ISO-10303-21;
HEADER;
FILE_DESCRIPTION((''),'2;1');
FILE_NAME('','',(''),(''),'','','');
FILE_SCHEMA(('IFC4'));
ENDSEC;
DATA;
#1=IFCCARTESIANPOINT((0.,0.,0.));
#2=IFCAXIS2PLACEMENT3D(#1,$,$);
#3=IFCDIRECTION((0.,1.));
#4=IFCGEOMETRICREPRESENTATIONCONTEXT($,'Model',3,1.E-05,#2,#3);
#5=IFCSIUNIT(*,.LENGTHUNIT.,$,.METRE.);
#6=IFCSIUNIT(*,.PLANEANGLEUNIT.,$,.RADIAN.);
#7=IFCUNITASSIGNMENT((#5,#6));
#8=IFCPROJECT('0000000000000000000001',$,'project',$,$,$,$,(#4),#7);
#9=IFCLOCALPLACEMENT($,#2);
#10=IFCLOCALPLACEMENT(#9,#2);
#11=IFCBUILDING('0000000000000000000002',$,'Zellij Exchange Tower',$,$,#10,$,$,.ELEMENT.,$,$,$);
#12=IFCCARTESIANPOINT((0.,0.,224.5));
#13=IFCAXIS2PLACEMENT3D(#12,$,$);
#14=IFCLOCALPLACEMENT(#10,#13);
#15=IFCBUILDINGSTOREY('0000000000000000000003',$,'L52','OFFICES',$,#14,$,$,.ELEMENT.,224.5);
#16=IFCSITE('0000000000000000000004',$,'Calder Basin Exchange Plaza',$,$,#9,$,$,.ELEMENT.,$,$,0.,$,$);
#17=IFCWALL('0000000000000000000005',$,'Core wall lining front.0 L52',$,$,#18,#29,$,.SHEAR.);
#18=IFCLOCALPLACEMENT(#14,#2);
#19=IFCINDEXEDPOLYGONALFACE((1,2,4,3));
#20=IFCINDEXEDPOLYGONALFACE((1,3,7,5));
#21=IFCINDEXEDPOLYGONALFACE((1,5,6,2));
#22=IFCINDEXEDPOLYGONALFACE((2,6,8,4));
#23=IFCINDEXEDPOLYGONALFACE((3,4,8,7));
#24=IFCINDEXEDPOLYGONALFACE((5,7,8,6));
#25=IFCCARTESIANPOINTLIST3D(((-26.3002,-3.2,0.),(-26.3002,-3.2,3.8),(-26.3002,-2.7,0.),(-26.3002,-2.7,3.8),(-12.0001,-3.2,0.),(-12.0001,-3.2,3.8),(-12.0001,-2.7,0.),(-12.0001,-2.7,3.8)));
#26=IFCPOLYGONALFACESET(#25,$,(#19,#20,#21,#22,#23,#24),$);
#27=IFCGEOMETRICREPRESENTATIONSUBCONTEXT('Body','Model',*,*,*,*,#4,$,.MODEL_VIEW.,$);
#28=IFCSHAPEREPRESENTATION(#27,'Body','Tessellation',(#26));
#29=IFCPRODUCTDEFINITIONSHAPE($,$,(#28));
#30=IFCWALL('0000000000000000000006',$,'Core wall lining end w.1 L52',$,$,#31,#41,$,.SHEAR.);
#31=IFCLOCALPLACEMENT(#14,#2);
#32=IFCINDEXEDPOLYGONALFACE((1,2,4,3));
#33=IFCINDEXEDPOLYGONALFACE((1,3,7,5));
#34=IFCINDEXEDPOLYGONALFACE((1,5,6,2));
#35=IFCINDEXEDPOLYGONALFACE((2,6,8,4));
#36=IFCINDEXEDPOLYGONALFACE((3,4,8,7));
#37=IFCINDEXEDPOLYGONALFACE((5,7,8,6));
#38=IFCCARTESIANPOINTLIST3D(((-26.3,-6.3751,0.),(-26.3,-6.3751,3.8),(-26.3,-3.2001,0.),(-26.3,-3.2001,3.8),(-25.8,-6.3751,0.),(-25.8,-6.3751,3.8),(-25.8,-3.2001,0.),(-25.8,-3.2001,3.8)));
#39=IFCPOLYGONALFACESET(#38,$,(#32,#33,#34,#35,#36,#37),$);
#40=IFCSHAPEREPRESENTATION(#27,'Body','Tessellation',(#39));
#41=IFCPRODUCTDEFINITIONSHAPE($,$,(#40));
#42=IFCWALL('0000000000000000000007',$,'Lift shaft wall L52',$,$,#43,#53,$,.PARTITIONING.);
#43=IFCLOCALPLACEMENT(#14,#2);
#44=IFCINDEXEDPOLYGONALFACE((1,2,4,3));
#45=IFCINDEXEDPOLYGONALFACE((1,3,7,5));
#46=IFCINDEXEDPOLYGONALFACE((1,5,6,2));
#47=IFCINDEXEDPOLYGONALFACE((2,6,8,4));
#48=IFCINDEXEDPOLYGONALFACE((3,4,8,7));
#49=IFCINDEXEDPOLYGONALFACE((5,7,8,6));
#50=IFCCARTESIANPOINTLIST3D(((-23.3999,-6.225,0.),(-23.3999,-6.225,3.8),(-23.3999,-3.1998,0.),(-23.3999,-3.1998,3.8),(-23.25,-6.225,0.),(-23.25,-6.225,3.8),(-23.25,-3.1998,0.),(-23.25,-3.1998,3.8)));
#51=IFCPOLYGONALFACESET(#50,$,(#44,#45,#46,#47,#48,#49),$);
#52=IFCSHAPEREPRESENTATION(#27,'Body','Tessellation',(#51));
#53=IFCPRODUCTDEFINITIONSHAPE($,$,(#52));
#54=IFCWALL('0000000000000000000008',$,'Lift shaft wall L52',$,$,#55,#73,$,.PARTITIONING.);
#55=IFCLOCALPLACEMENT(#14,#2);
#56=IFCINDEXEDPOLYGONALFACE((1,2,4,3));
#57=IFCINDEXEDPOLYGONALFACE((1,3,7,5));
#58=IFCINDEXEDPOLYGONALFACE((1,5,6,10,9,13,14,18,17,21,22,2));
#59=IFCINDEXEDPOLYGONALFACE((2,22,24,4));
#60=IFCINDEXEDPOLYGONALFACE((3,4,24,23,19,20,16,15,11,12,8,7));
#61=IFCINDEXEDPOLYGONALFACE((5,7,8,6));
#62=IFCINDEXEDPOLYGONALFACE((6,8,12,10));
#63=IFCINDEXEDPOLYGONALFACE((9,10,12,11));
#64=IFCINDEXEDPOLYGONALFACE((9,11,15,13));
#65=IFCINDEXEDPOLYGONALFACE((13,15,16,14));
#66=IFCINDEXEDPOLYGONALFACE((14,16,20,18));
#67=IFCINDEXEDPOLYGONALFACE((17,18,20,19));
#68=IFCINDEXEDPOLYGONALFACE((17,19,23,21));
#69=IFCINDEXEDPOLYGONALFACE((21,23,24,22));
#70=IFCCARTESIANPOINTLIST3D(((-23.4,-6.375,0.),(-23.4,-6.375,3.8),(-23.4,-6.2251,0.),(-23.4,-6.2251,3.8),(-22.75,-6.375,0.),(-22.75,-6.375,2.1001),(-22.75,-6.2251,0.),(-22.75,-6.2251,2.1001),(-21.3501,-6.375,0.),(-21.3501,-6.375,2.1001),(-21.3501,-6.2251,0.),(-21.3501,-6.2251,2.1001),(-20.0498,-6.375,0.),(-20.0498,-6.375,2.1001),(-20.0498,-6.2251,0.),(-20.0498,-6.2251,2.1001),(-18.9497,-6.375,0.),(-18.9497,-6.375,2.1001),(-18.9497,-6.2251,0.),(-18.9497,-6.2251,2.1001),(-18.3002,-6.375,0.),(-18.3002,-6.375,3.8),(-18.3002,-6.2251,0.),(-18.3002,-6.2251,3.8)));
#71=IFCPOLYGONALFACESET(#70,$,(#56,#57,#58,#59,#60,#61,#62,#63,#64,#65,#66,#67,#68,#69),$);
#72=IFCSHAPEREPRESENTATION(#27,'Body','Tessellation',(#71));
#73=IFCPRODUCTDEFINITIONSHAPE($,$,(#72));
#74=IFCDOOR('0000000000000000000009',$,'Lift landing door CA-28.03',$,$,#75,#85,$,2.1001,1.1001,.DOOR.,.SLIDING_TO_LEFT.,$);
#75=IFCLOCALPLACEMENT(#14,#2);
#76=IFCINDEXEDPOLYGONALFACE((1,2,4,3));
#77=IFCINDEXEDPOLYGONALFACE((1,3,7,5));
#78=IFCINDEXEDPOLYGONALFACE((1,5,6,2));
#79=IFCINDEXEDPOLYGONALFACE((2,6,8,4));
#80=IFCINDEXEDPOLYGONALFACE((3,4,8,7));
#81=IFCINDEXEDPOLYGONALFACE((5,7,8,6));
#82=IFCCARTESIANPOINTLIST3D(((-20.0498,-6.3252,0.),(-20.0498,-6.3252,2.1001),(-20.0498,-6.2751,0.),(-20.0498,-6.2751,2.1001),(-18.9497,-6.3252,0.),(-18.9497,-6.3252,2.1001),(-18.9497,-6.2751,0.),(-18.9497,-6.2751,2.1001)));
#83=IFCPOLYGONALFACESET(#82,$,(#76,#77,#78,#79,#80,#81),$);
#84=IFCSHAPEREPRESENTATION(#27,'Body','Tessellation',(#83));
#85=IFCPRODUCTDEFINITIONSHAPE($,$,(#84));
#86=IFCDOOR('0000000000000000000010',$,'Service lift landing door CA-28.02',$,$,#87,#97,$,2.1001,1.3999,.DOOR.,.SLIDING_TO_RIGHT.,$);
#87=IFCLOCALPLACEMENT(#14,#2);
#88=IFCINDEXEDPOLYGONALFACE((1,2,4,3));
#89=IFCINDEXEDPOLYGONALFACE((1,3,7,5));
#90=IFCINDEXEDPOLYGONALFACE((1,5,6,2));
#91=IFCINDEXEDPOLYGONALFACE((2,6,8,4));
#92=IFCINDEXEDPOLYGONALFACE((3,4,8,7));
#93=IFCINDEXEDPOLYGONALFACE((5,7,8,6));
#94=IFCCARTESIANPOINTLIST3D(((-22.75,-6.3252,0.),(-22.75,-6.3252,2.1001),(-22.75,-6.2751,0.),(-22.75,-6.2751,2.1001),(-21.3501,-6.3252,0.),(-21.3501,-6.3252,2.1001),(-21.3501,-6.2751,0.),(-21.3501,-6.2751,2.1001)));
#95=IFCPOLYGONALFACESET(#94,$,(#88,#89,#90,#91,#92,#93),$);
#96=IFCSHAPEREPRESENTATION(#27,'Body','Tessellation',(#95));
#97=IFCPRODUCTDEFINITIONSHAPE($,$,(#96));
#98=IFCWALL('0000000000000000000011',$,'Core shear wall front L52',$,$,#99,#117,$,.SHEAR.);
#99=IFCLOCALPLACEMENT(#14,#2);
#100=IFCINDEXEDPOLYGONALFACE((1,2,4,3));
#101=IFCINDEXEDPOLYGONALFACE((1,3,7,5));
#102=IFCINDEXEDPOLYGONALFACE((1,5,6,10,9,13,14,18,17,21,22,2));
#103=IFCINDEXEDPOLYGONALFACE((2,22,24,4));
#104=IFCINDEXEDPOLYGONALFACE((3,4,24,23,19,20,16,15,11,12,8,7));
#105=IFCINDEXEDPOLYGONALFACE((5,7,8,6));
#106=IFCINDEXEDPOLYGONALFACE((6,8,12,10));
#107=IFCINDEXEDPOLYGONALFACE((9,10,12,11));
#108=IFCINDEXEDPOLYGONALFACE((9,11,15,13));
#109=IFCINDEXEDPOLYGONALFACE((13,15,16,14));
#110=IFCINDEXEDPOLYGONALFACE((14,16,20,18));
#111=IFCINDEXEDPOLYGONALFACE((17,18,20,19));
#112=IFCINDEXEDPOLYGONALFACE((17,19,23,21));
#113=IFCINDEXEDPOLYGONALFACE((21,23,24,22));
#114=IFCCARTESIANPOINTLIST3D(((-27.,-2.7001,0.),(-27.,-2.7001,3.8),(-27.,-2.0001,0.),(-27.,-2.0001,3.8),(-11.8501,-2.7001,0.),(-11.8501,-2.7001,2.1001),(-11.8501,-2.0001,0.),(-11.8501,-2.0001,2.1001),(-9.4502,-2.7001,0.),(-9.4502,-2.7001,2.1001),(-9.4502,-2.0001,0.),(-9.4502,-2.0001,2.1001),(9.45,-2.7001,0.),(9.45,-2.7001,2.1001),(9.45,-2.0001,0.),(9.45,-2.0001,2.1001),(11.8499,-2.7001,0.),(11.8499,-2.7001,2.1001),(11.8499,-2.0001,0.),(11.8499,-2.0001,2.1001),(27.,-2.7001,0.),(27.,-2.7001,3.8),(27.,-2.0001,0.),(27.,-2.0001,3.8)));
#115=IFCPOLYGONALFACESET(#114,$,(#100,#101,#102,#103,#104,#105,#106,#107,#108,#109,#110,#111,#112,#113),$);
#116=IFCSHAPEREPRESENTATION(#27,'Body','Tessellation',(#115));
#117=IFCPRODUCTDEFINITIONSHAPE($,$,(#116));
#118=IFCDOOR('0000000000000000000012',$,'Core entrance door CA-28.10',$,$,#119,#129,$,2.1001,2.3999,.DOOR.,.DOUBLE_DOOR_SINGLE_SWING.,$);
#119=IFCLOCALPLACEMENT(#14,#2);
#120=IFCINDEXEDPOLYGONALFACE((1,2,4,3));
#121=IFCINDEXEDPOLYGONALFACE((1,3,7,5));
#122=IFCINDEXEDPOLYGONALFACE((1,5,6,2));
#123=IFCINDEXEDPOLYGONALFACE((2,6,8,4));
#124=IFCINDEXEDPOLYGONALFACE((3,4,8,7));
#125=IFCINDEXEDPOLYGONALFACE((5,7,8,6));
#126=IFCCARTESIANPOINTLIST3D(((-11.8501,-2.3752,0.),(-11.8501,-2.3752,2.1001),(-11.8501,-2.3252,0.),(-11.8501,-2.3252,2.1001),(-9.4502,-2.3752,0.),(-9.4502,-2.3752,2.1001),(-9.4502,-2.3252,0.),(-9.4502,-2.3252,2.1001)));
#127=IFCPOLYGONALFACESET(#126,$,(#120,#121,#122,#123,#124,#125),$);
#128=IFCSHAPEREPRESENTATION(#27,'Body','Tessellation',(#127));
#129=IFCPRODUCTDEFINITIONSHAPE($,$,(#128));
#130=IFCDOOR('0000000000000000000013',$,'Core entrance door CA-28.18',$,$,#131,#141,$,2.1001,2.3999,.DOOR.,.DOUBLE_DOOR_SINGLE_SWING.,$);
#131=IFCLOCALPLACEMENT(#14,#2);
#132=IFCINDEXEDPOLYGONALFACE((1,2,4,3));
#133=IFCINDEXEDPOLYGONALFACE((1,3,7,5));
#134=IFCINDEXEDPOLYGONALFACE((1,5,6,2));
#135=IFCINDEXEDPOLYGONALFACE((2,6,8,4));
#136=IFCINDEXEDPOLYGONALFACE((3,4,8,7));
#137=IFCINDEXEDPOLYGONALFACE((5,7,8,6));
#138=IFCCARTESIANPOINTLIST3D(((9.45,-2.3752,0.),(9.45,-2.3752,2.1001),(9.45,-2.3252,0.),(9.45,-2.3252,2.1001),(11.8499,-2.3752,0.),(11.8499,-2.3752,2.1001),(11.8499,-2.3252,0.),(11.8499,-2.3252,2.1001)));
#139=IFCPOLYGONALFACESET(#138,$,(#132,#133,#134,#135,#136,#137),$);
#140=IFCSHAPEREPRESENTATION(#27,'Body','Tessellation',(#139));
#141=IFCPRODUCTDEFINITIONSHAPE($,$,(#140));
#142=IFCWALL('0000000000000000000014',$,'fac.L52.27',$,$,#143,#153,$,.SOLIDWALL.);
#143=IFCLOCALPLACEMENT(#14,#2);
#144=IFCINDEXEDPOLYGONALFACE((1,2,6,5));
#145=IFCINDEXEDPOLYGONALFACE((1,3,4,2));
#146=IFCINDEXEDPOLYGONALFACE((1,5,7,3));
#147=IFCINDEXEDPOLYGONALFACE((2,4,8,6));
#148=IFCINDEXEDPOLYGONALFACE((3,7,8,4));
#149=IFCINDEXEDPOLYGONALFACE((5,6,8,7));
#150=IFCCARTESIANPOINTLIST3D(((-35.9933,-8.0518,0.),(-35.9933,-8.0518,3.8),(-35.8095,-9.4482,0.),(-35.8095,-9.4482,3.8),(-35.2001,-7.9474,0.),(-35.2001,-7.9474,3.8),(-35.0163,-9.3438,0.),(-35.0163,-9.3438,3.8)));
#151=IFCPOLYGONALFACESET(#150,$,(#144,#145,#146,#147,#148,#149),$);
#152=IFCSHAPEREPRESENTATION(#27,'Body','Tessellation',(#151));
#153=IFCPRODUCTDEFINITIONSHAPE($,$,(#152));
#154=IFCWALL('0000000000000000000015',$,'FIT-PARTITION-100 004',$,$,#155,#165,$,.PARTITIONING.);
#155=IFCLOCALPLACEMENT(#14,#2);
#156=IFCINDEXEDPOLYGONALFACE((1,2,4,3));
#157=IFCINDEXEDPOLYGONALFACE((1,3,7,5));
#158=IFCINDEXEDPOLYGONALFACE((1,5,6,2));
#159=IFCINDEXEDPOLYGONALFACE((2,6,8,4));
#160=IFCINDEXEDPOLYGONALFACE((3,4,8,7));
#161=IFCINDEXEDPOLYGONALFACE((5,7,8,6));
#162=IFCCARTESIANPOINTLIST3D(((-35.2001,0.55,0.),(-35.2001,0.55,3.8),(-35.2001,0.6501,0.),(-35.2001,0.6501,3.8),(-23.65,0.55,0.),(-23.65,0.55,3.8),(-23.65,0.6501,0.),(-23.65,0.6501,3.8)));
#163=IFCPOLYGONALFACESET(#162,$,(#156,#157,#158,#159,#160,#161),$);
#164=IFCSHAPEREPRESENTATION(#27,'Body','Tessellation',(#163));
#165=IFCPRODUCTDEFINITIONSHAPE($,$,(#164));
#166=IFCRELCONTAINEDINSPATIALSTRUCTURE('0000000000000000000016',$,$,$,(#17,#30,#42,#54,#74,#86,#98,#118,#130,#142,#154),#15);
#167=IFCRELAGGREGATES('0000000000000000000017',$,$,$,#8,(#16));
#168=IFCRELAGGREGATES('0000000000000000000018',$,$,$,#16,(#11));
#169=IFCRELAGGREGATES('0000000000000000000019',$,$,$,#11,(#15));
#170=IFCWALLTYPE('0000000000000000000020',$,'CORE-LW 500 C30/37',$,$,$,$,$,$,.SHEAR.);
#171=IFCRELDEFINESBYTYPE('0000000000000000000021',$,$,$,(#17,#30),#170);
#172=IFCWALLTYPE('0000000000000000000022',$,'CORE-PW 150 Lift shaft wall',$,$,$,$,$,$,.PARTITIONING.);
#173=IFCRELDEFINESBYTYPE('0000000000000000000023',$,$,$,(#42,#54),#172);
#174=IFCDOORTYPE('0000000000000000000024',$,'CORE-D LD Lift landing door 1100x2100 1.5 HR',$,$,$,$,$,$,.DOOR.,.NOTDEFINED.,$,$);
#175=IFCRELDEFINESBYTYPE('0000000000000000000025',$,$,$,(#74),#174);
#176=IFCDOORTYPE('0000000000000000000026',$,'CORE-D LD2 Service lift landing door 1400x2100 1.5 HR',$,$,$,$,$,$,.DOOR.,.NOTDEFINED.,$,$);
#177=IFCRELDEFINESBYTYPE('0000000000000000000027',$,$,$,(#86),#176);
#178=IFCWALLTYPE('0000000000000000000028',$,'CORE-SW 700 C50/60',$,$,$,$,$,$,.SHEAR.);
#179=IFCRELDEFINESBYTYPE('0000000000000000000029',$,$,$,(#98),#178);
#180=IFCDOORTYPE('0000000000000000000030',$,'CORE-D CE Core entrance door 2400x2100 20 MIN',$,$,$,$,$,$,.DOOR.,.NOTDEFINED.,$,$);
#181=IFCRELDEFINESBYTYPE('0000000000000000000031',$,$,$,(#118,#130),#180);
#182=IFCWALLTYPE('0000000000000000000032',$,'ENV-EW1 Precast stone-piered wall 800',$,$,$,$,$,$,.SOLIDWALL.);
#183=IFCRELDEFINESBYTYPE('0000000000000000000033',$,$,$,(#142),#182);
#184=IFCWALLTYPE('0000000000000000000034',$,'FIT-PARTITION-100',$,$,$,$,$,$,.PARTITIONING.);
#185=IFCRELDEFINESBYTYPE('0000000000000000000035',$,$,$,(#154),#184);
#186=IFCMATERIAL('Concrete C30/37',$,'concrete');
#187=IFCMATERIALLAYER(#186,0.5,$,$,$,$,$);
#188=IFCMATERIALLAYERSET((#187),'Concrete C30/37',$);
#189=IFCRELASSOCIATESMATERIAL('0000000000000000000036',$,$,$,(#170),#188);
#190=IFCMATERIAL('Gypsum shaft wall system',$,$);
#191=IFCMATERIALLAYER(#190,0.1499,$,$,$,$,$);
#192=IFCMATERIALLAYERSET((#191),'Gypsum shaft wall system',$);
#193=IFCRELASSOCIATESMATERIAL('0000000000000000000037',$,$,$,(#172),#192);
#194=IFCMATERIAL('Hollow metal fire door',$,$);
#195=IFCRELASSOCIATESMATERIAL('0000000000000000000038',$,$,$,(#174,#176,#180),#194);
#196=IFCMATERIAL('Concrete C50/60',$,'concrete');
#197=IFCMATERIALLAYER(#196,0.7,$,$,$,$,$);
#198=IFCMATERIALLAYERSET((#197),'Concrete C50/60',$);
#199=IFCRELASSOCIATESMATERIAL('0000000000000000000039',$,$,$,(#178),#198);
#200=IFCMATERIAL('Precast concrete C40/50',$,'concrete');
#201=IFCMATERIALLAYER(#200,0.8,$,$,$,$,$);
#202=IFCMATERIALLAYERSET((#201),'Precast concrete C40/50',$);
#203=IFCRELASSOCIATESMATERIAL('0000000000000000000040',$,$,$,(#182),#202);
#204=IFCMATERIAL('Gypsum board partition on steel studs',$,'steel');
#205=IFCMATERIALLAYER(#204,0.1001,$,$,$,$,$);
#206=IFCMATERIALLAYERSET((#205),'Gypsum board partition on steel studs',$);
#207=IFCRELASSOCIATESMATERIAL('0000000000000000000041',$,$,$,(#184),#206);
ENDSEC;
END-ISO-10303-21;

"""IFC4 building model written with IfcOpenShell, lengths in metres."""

from ifc_helpers import new_model, si_unit, direction, frame, frame_2d, origin, place, context, subcontext, project, spatial, rectangle, extrude, material, layer, layer_set, type_object, element, fill, save


model = new_model("IFC4")

# Units and contexts
model_context = context("Model", 3, precision=1e-05, world=origin(), true_north=direction((0.0, 1.0)))
body_context = subcontext(model_context, "Body", "Model", "MODEL_VIEW")
ifc_project = project(units=[si_unit("LENGTHUNIT", "METRE"), si_unit("PLANEANGLEUNIT", "RADIAN")], contexts=[model_context])

# Site, building, storey
site_placement = place(None, origin())
site = spatial("IfcSite", under=ifc_project, at=site_placement, Name="Calder Basin Exchange Plaza", CompositionType="ELEMENT", RefElevation=0.0)
building_placement = place(site_placement, origin())
building = spatial("IfcBuilding", under=site, at=building_placement, Name="Zellij Exchange Tower", CompositionType="ELEMENT")
storey_placement = place(building_placement, frame((0.0, 0.0, 224.5)))
storey = spatial("IfcBuildingStorey", under=building, at=storey_placement, Name="L52", Description="OFFICES", CompositionType="ELEMENT", Elevation=224.5)

# Shared definitions
ifc_material_1 = material(Name="Concrete C50/60", Category="concrete")

# Walls
ifc_material_2 = material(Name="Concrete C30/37", Category="concrete")
ifc_layer_1 = layer(ifc_material_2, 0.5)
ifc_layer_set_1 = layer_set([ifc_layer_1], Name="Concrete C30/37")
wall_type_1 = type_object("IfcWallType", Name="CORE-LW 500 C30/37", PredefinedType="SHEAR", material=ifc_layer_set_1)
wall_1_placement = place(storey_placement, frame((-26.3, -2.95, 0.0), z_axis=(0.0, 0.0, 1.0), x_axis=(1.0, 0.0, 0.0)))
element("IfcWall", 1, at=wall_1_placement, inside=storey, type_object=wall_type_1, Name="Core wall lining front.0 L52", PredefinedType="SHEAR", context=body_context, shape_type="SweptSolid", body=[
    extrude(rectangle(XDim=14.3, YDim=0.5, at=frame_2d((7.1499, 0.0))), origin(), (0.0, 0.0, 1.0), 3.8),
])
wall_2_placement = place(storey_placement, frame((-26.05, -6.375, 0.0), z_axis=(0.0, 0.0, 1.0), x_axis=(0.0, 1.0, 0.0)))
element("IfcWall", 2, at=wall_2_placement, inside=storey, type_object=wall_type_1, Name="Core wall lining end w.1 L52", PredefinedType="SHEAR", context=body_context, shape_type="SweptSolid", body=[
    extrude(rectangle(XDim=3.175, YDim=0.5, at=frame_2d((1.5874, 0.0))), origin(), (0.0, 0.0, 1.0), 3.8),
])
ifc_material_3 = material(Name="Gypsum shaft wall system")
ifc_layer_2 = layer(ifc_material_3, 0.1499)
ifc_layer_set_2 = layer_set([ifc_layer_2], Name="Gypsum shaft wall system")
wall_type_2 = type_object("IfcWallType", Name="CORE-PW 150 Lift shaft wall", PredefinedType="PARTITIONING", material=ifc_layer_set_2)
wall_3_placement = place(storey_placement, frame((-23.325, -6.2251, 0.0), z_axis=(0.0, 0.0, 1.0), x_axis=(0.0, 1.0, 0.0)))
element("IfcWall", 3, at=wall_3_placement, inside=storey, type_object=wall_type_2, Name="Lift shaft wall L52", PredefinedType="PARTITIONING", context=body_context, shape_type="SweptSolid", body=[
    extrude(rectangle(XDim=3.0251, YDim=0.1499, at=frame_2d((1.5127, 0.0))), origin(), (0.0, 0.0, 1.0), 3.8),
])

# Walls, openings, doors
wall_4_placement = place(storey_placement, frame((-23.3999, -6.3, 0.0), z_axis=(0.0, 0.0, 1.0), x_axis=(1.0, 0.0, 0.0)))
wall_4 = element("IfcWall", 4, at=wall_4_placement, inside=storey, type_object=wall_type_2, Name="Lift shaft wall L52", PredefinedType="PARTITIONING", context=body_context, shape_type="SweptSolid", body=[
    extrude(rectangle(XDim=5.0999, YDim=0.1499, at=frame_2d((2.5498, 0.0))), origin(), (0.0, 0.0, 1.0), 3.8),
])
opening_1_placement = place(wall_4_placement, frame((0.6499, 0.0, 0.0)))
opening_1 = element("IfcOpeningElement", 5, at=opening_1_placement, cuts=wall_4, PredefinedType="OPENING", context=body_context, shape_type="SweptSolid", body=[
    extrude(rectangle(XDim=1.3999, YDim=2.1001, at=frame_2d((0.7, 1.05))), frame((0.0, 0.0869, 0.0), z_axis=(0.0, -1.0, 0.0), x_axis=(1.0, 0.0, 0.0)), (0.0, 0.0, 1.0), 0.1738),
])
opening_2_placement = place(wall_4_placement, frame((3.3501, 0.0, 0.0)))
opening_2 = element("IfcOpeningElement", 6, at=opening_2_placement, cuts=wall_4, PredefinedType="OPENING", context=body_context, shape_type="SweptSolid", body=[
    extrude(rectangle(XDim=1.1001, YDim=2.1001, at=frame_2d((0.55, 1.05))), frame((0.0, 0.0869, 0.0), z_axis=(0.0, -1.0, 0.0), x_axis=(1.0, 0.0, 0.0)), (0.0, 0.0, 1.0), 0.1738),
])
ifc_material_4 = material(Name="Hollow metal fire door")
door_type_1 = type_object("IfcDoorType", Name="CORE-D LD Lift landing door 1100x2100 1.5 HR", OperationType="NOTDEFINED", PredefinedType="DOOR", material=ifc_material_4)
door_1_placement = place(opening_2_placement, origin())
door_1 = element("IfcDoor", 7, at=door_1_placement, inside=storey, type_object=door_type_1, Name="Lift landing door CA-28.03", OperationType="SLIDING_TO_LEFT", OverallHeight=2.1001, OverallWidth=1.1001, PredefinedType="DOOR", context=body_context, shape_type="SweptSolid", body=[
    extrude(rectangle(XDim=1.1001, YDim=2.1001, at=frame_2d((0.55, 1.05))), frame((0.0, 0.0249, 0.0), z_axis=(0.0, -1.0, 0.0), x_axis=(1.0, 0.0, 0.0)), (0.0, 0.0, 1.0), 0.05),
])
fill(opening_2, door_1)
door_type_2 = type_object("IfcDoorType", Name="CORE-D LD2 Service lift landing door 1400x2100 1.5 HR", OperationType="NOTDEFINED", PredefinedType="DOOR", material=ifc_material_4)
door_2_placement = place(opening_1_placement, origin())
door_2 = element("IfcDoor", 8, at=door_2_placement, inside=storey, type_object=door_type_2, Name="Service lift landing door CA-28.02", OperationType="SLIDING_TO_RIGHT", OverallHeight=2.1001, OverallWidth=1.3999, PredefinedType="DOOR", context=body_context, shape_type="SweptSolid", body=[
    extrude(rectangle(XDim=1.3999, YDim=2.1001, at=frame_2d((0.7, 1.05))), frame((0.0, 0.0249, 0.0), z_axis=(0.0, -1.0, 0.0), x_axis=(1.0, 0.0, 0.0)), (0.0, 0.0, 1.0), 0.05),
])
fill(opening_1, door_2)
ifc_layer_3 = layer(ifc_material_1, 0.7)
ifc_layer_set_3 = layer_set([ifc_layer_3], Name="Concrete C50/60")
wall_type_3 = type_object("IfcWallType", Name="CORE-SW 700 C50/60", PredefinedType="SHEAR", material=ifc_layer_set_3)
wall_5_placement = place(storey_placement, frame((-27.0, -2.3501, 0.0), z_axis=(0.0, 0.0, 1.0), x_axis=(1.0, 0.0, 0.0)))
wall_5 = element("IfcWall", 9, at=wall_5_placement, inside=storey, type_object=wall_type_3, Name="Core shear wall front L52", PredefinedType="SHEAR", context=body_context, shape_type="SweptSolid", body=[
    extrude(rectangle(XDim=54.0, YDim=0.7, at=frame_2d((27.0, 0.0))), origin(), (0.0, 0.0, 1.0), 3.8),
])
opening_3_placement = place(wall_5_placement, frame((15.1499, 0.0, 0.0)))
opening_3 = element("IfcOpeningElement", 10, at=opening_3_placement, cuts=wall_5, PredefinedType="OPENING", context=body_context, shape_type="SweptSolid", body=[
    extrude(rectangle(XDim=2.3999, YDim=2.1001, at=frame_2d((1.2, 1.05))), frame((0.0, 0.3618, 0.0), z_axis=(0.0, -1.0, 0.0), x_axis=(1.0, 0.0, 0.0)), (0.0, 0.0, 1.0), 0.7239),
])
opening_4_placement = place(wall_5_placement, frame((36.45, 0.0, 0.0)))
opening_4 = element("IfcOpeningElement", 11, at=opening_4_placement, cuts=wall_5, PredefinedType="OPENING", context=body_context, shape_type="SweptSolid", body=[
    extrude(rectangle(XDim=2.3999, YDim=2.1001, at=frame_2d((1.2, 1.05))), frame((0.0, 0.3618, 0.0), z_axis=(0.0, -1.0, 0.0), x_axis=(1.0, 0.0, 0.0)), (0.0, 0.0, 1.0), 0.7239),
])
door_type_3 = type_object("IfcDoorType", Name="CORE-D CE Core entrance door 2400x2100 20 MIN", OperationType="NOTDEFINED", PredefinedType="DOOR", material=ifc_material_4)
door_3_placement = place(opening_3_placement, origin())
door_3 = element("IfcDoor", 12, at=door_3_placement, inside=storey, type_object=door_type_3, Name="Core entrance door CA-28.10", OperationType="DOUBLE_DOOR_SINGLE_SWING", OverallHeight=2.1001, OverallWidth=2.3999, PredefinedType="DOOR", context=body_context, shape_type="SweptSolid", body=[
    extrude(rectangle(XDim=2.3999, YDim=2.1001, at=frame_2d((1.2, 1.05))), frame((0.0, 0.0249, 0.0), z_axis=(0.0, -1.0, 0.0), x_axis=(1.0, 0.0, 0.0)), (0.0, 0.0, 1.0), 0.05),
])
fill(opening_3, door_3)
door_4_placement = place(opening_4_placement, origin())
door_4 = element("IfcDoor", 13, at=door_4_placement, inside=storey, type_object=door_type_3, Name="Core entrance door CA-28.18", OperationType="DOUBLE_DOOR_SINGLE_SWING", OverallHeight=2.1001, OverallWidth=2.3999, PredefinedType="DOOR", context=body_context, shape_type="SweptSolid", body=[
    extrude(rectangle(XDim=2.3999, YDim=2.1001, at=frame_2d((1.2, 1.05))), frame((0.0, 0.0249, 0.0), z_axis=(0.0, -1.0, 0.0), x_axis=(1.0, 0.0, 0.0)), (0.0, 0.0, 1.0), 0.05),
])
fill(opening_4, door_4)

# Walls
ifc_material_5 = material(Name="Precast concrete C40/50", Category="concrete")
ifc_layer_4 = layer(ifc_material_5, 0.8)
ifc_layer_set_4 = layer_set([ifc_layer_4], Name="Precast concrete C40/50")
wall_type_4 = type_object("IfcWallType", Name="ENV-EW1 Precast stone-piered wall 800", PredefinedType="SOLIDWALL", material=ifc_layer_set_4)
wall_6_placement = place(storey_placement, frame((-35.5967, -7.9998, 0.0), z_axis=(0.0, 0.0, 1.0), x_axis=(0.130517, -0.991446, 0.0)))
element("IfcWall", 14, at=wall_6_placement, inside=storey, type_object=wall_type_4, Name="fac.L52.27", PredefinedType="SOLIDWALL", context=body_context, shape_type="SweptSolid", body=[
    extrude(rectangle(XDim=1.4084, YDim=0.8, at=frame_2d((0.7041, 0.0))), origin(), (0.0, 0.0, 1.0), 3.8),
])
ifc_material_6 = material(Name="Gypsum board partition on steel studs", Category="steel")
ifc_layer_5 = layer(ifc_material_6, 0.1001)
ifc_layer_set_5 = layer_set([ifc_layer_5], Name="Gypsum board partition on steel studs")
wall_type_5 = type_object("IfcWallType", Name="FIT-PARTITION-100", PredefinedType="PARTITIONING", material=ifc_layer_set_5)
wall_7_placement = place(storey_placement, frame((-35.2, 0.6001, 0.0), z_axis=(0.0, 0.0, 1.0), x_axis=(1.0, 0.0, 0.0)))
element("IfcWall", 15, at=wall_7_placement, inside=storey, type_object=wall_type_5, Name="FIT-PARTITION-100 004", PredefinedType="PARTITIONING", context=body_context, shape_type="SweptSolid", body=[
    extrude(rectangle(XDim=11.55, YDim=0.1001, at=frame_2d((5.7749, 0.0))), origin(), (0.0, 0.0, 1.0), 3.8),
])

save(model, "model.ifc")
